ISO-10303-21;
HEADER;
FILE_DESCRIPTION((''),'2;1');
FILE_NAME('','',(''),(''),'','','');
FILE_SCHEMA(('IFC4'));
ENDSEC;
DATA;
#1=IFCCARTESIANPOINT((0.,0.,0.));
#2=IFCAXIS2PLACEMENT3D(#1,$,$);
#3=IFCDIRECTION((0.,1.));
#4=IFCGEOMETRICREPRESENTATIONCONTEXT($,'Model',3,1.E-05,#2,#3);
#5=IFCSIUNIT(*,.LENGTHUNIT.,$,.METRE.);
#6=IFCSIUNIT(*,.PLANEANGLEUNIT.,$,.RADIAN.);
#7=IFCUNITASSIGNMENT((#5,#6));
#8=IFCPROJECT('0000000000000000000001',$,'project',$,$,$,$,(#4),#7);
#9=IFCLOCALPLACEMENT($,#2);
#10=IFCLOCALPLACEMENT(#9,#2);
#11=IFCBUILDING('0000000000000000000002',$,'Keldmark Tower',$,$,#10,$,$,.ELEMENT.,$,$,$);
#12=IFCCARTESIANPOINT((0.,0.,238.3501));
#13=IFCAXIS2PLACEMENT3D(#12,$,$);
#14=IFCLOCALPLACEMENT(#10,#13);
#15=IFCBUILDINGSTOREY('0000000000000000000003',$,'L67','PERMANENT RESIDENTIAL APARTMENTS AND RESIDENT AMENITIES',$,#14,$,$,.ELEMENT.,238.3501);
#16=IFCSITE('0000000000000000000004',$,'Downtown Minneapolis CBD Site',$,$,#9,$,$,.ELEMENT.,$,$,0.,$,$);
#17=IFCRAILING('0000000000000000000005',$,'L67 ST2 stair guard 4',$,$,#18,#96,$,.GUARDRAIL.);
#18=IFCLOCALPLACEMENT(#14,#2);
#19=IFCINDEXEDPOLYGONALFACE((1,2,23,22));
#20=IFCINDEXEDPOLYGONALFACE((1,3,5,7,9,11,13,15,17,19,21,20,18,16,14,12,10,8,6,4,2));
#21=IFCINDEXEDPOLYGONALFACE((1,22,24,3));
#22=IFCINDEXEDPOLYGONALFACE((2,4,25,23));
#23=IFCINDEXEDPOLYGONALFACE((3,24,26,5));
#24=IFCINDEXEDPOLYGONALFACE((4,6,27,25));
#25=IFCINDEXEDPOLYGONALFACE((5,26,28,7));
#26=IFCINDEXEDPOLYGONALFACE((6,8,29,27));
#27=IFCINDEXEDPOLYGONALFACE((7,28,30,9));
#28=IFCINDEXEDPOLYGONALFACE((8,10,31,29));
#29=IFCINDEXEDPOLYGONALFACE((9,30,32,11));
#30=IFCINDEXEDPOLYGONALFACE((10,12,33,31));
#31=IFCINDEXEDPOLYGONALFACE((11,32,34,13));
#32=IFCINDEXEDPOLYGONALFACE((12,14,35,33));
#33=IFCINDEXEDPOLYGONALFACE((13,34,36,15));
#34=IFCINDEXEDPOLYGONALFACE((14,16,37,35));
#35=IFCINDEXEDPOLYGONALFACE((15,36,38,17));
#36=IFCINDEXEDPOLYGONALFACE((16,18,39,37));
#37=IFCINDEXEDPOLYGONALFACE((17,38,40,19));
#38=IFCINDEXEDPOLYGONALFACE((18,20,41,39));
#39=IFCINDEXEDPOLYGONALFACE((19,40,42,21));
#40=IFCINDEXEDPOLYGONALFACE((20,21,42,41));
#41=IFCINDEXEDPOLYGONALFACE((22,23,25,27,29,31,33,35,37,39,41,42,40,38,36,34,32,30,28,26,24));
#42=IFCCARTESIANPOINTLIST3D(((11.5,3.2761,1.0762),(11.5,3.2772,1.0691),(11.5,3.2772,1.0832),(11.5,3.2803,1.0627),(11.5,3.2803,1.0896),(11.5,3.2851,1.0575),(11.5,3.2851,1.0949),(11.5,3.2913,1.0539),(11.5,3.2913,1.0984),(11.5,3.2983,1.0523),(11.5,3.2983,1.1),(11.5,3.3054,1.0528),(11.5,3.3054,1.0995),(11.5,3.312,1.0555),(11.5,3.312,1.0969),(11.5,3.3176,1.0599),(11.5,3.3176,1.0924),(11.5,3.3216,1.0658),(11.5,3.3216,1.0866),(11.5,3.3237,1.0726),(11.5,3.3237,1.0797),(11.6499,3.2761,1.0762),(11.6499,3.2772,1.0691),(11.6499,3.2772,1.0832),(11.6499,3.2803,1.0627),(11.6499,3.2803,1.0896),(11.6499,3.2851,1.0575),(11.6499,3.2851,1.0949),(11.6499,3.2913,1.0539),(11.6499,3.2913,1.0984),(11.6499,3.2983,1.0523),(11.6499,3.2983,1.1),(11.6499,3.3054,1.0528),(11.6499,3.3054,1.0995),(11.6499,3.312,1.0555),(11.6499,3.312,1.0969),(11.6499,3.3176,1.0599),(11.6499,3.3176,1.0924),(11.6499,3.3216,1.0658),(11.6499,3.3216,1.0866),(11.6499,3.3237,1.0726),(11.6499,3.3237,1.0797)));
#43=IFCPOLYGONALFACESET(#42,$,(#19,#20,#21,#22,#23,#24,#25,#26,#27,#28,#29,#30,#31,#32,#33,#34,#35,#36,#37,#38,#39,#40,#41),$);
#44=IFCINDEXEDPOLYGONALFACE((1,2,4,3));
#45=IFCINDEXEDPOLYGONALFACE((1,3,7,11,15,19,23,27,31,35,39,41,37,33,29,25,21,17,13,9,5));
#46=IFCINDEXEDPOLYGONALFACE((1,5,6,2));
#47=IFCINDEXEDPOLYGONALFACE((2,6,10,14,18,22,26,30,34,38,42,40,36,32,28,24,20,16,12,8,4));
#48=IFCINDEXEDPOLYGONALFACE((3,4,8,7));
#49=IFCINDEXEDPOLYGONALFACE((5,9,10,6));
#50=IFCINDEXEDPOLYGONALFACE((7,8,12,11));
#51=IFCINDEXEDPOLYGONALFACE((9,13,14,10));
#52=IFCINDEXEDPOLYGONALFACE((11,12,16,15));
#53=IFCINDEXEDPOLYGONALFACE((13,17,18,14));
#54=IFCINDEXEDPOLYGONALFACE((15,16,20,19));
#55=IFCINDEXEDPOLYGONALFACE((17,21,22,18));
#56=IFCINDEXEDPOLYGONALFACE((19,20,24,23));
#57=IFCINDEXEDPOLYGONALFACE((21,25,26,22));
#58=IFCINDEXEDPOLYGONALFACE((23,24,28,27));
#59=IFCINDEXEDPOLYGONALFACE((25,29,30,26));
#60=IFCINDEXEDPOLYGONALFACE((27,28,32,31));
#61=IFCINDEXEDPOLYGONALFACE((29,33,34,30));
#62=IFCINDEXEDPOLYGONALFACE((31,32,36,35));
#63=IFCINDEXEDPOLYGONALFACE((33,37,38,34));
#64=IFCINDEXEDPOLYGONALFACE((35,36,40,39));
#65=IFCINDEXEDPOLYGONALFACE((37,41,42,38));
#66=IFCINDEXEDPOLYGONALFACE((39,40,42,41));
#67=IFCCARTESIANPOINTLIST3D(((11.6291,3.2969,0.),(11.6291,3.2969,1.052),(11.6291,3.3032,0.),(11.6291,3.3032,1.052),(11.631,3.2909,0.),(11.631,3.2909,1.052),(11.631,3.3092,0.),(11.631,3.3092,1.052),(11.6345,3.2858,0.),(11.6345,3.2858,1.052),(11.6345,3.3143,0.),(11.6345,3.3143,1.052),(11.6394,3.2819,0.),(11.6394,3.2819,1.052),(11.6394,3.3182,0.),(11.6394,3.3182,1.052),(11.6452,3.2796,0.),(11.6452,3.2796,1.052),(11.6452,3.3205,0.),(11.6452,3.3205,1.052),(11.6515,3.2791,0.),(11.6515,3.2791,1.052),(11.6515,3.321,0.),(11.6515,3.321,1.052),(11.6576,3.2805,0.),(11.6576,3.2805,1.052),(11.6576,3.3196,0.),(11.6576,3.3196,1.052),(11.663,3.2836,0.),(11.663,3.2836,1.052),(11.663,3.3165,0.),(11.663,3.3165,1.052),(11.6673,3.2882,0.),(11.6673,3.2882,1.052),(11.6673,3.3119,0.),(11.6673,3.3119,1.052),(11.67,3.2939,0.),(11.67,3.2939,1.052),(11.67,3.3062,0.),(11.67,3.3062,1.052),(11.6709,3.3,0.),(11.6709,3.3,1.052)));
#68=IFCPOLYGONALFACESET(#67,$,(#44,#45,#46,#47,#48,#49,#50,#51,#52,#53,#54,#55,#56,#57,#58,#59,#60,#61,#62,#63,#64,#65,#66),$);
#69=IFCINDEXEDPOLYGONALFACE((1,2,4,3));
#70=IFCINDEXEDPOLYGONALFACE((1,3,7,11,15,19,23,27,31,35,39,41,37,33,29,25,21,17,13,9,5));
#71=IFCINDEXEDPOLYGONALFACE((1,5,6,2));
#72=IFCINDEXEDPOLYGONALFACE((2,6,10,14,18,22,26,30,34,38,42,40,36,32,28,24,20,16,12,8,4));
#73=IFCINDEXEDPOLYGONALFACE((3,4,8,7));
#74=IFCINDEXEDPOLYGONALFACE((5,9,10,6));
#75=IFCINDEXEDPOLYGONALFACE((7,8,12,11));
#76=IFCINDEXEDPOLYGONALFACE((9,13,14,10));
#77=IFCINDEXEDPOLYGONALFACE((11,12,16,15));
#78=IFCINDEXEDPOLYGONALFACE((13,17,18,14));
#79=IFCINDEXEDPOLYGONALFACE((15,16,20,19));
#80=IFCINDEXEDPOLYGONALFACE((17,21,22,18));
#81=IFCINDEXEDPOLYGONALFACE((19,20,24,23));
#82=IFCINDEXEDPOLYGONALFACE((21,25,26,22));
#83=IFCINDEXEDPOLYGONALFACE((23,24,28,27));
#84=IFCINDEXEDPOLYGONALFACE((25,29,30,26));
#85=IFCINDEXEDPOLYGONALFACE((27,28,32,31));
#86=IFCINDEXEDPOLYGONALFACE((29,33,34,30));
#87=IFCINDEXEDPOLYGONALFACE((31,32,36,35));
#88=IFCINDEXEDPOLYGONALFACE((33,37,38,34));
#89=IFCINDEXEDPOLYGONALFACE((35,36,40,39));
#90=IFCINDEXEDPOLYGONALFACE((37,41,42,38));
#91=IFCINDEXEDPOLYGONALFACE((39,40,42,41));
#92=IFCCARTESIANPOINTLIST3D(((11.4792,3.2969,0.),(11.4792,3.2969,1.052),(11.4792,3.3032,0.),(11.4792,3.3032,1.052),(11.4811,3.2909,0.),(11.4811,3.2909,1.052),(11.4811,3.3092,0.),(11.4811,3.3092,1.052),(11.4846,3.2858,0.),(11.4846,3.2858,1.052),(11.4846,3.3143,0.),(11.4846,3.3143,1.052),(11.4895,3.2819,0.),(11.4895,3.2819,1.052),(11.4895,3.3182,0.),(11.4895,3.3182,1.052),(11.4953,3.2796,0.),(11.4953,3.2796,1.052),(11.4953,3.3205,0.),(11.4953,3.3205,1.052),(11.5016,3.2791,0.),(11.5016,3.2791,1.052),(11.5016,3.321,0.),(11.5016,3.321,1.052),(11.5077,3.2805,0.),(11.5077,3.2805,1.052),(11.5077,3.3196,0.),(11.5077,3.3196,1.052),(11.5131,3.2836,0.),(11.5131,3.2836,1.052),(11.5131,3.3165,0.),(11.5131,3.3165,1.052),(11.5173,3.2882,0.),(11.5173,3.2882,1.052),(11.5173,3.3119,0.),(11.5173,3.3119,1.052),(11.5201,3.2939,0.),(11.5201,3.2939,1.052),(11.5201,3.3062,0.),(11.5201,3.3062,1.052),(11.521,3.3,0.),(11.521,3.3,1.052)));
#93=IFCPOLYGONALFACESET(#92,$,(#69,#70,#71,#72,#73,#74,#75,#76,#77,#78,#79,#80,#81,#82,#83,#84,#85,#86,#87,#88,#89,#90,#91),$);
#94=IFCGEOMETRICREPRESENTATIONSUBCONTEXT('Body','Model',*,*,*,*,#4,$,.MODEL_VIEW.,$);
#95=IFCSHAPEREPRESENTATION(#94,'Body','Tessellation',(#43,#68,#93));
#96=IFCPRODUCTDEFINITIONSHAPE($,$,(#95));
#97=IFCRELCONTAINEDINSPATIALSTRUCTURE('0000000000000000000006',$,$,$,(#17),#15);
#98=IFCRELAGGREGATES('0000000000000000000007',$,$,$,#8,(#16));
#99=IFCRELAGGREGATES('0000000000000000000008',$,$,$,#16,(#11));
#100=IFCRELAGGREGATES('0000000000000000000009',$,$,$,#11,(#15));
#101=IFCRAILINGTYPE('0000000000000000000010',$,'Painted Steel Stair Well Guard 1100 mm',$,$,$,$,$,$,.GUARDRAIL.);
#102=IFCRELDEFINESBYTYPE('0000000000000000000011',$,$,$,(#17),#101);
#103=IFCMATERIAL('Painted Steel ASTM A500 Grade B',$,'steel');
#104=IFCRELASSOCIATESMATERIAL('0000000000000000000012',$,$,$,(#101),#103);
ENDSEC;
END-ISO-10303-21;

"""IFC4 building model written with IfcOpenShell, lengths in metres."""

from ifc_helpers import new_model, si_unit, direction, frame, origin, origin_2d, place, context, subcontext, project, spatial, circle, extrude, material, type_object, element, save


model = new_model("IFC4")

# Units and contexts
model_context = context("Model", 3, precision=1e-05, world=origin(), true_north=direction((0.0, 1.0)))
body_context = subcontext(model_context, "Body", "Model", "MODEL_VIEW")
ifc_project = project(units=[si_unit("LENGTHUNIT", "METRE"), si_unit("PLANEANGLEUNIT", "RADIAN")], contexts=[model_context])

# Site, building, storey
site_placement = place(None, origin())
site = spatial("IfcSite", under=ifc_project, at=site_placement, Name="Downtown Minneapolis CBD Site", CompositionType="ELEMENT", RefElevation=0.0)
building_placement = place(site_placement, origin())
building = spatial("IfcBuilding", under=site, at=building_placement, Name="Keldmark Tower", CompositionType="ELEMENT")
storey_placement = place(building_placement, frame((0.0, 0.0, 238.3501)))
storey = spatial("IfcBuildingStorey", under=building, at=storey_placement, Name="L67", Description="PERMANENT RESIDENTIAL APARTMENTS AND RESIDENT AMENITIES", CompositionType="ELEMENT", Elevation=238.3501)

# Railing
ifc_material_1 = material(Name="Painted Steel ASTM A500 Grade B", Category="steel")
railing_type_1 = type_object("IfcRailingType", Name="Painted Steel Stair Well Guard 1100 mm", PredefinedType="GUARDRAIL", material=ifc_material_1)
railing_1_placement = place(storey_placement, frame((11.6499, 3.3, 0.0)))
element("IfcRailing", 1, at=railing_1_placement, inside=storey, type_object=railing_type_1, Name="L67 ST2 stair guard 4", PredefinedType="GUARDRAIL", context=body_context, shape_type="SweptSolid", body=[
    extrude(circle(Radius=0.0239, at=origin_2d()), frame((0.0, 0.0, 1.0762), z_axis=(-1.0, 0.0, 0.0), x_axis=(0.0, -1.0, 0.0)), (0.0, 0.0, 1.0), 0.1499),
    extrude(circle(Radius=0.021, at=origin_2d()), origin(), (0.0, 0.0, 1.0), 1.052),
    extrude(circle(Radius=0.021, at=origin_2d()), frame((-0.1499, 0.0, 0.0)), (0.0, 0.0, 1.0), 1.052),
])

save(model, "model.ifc")
